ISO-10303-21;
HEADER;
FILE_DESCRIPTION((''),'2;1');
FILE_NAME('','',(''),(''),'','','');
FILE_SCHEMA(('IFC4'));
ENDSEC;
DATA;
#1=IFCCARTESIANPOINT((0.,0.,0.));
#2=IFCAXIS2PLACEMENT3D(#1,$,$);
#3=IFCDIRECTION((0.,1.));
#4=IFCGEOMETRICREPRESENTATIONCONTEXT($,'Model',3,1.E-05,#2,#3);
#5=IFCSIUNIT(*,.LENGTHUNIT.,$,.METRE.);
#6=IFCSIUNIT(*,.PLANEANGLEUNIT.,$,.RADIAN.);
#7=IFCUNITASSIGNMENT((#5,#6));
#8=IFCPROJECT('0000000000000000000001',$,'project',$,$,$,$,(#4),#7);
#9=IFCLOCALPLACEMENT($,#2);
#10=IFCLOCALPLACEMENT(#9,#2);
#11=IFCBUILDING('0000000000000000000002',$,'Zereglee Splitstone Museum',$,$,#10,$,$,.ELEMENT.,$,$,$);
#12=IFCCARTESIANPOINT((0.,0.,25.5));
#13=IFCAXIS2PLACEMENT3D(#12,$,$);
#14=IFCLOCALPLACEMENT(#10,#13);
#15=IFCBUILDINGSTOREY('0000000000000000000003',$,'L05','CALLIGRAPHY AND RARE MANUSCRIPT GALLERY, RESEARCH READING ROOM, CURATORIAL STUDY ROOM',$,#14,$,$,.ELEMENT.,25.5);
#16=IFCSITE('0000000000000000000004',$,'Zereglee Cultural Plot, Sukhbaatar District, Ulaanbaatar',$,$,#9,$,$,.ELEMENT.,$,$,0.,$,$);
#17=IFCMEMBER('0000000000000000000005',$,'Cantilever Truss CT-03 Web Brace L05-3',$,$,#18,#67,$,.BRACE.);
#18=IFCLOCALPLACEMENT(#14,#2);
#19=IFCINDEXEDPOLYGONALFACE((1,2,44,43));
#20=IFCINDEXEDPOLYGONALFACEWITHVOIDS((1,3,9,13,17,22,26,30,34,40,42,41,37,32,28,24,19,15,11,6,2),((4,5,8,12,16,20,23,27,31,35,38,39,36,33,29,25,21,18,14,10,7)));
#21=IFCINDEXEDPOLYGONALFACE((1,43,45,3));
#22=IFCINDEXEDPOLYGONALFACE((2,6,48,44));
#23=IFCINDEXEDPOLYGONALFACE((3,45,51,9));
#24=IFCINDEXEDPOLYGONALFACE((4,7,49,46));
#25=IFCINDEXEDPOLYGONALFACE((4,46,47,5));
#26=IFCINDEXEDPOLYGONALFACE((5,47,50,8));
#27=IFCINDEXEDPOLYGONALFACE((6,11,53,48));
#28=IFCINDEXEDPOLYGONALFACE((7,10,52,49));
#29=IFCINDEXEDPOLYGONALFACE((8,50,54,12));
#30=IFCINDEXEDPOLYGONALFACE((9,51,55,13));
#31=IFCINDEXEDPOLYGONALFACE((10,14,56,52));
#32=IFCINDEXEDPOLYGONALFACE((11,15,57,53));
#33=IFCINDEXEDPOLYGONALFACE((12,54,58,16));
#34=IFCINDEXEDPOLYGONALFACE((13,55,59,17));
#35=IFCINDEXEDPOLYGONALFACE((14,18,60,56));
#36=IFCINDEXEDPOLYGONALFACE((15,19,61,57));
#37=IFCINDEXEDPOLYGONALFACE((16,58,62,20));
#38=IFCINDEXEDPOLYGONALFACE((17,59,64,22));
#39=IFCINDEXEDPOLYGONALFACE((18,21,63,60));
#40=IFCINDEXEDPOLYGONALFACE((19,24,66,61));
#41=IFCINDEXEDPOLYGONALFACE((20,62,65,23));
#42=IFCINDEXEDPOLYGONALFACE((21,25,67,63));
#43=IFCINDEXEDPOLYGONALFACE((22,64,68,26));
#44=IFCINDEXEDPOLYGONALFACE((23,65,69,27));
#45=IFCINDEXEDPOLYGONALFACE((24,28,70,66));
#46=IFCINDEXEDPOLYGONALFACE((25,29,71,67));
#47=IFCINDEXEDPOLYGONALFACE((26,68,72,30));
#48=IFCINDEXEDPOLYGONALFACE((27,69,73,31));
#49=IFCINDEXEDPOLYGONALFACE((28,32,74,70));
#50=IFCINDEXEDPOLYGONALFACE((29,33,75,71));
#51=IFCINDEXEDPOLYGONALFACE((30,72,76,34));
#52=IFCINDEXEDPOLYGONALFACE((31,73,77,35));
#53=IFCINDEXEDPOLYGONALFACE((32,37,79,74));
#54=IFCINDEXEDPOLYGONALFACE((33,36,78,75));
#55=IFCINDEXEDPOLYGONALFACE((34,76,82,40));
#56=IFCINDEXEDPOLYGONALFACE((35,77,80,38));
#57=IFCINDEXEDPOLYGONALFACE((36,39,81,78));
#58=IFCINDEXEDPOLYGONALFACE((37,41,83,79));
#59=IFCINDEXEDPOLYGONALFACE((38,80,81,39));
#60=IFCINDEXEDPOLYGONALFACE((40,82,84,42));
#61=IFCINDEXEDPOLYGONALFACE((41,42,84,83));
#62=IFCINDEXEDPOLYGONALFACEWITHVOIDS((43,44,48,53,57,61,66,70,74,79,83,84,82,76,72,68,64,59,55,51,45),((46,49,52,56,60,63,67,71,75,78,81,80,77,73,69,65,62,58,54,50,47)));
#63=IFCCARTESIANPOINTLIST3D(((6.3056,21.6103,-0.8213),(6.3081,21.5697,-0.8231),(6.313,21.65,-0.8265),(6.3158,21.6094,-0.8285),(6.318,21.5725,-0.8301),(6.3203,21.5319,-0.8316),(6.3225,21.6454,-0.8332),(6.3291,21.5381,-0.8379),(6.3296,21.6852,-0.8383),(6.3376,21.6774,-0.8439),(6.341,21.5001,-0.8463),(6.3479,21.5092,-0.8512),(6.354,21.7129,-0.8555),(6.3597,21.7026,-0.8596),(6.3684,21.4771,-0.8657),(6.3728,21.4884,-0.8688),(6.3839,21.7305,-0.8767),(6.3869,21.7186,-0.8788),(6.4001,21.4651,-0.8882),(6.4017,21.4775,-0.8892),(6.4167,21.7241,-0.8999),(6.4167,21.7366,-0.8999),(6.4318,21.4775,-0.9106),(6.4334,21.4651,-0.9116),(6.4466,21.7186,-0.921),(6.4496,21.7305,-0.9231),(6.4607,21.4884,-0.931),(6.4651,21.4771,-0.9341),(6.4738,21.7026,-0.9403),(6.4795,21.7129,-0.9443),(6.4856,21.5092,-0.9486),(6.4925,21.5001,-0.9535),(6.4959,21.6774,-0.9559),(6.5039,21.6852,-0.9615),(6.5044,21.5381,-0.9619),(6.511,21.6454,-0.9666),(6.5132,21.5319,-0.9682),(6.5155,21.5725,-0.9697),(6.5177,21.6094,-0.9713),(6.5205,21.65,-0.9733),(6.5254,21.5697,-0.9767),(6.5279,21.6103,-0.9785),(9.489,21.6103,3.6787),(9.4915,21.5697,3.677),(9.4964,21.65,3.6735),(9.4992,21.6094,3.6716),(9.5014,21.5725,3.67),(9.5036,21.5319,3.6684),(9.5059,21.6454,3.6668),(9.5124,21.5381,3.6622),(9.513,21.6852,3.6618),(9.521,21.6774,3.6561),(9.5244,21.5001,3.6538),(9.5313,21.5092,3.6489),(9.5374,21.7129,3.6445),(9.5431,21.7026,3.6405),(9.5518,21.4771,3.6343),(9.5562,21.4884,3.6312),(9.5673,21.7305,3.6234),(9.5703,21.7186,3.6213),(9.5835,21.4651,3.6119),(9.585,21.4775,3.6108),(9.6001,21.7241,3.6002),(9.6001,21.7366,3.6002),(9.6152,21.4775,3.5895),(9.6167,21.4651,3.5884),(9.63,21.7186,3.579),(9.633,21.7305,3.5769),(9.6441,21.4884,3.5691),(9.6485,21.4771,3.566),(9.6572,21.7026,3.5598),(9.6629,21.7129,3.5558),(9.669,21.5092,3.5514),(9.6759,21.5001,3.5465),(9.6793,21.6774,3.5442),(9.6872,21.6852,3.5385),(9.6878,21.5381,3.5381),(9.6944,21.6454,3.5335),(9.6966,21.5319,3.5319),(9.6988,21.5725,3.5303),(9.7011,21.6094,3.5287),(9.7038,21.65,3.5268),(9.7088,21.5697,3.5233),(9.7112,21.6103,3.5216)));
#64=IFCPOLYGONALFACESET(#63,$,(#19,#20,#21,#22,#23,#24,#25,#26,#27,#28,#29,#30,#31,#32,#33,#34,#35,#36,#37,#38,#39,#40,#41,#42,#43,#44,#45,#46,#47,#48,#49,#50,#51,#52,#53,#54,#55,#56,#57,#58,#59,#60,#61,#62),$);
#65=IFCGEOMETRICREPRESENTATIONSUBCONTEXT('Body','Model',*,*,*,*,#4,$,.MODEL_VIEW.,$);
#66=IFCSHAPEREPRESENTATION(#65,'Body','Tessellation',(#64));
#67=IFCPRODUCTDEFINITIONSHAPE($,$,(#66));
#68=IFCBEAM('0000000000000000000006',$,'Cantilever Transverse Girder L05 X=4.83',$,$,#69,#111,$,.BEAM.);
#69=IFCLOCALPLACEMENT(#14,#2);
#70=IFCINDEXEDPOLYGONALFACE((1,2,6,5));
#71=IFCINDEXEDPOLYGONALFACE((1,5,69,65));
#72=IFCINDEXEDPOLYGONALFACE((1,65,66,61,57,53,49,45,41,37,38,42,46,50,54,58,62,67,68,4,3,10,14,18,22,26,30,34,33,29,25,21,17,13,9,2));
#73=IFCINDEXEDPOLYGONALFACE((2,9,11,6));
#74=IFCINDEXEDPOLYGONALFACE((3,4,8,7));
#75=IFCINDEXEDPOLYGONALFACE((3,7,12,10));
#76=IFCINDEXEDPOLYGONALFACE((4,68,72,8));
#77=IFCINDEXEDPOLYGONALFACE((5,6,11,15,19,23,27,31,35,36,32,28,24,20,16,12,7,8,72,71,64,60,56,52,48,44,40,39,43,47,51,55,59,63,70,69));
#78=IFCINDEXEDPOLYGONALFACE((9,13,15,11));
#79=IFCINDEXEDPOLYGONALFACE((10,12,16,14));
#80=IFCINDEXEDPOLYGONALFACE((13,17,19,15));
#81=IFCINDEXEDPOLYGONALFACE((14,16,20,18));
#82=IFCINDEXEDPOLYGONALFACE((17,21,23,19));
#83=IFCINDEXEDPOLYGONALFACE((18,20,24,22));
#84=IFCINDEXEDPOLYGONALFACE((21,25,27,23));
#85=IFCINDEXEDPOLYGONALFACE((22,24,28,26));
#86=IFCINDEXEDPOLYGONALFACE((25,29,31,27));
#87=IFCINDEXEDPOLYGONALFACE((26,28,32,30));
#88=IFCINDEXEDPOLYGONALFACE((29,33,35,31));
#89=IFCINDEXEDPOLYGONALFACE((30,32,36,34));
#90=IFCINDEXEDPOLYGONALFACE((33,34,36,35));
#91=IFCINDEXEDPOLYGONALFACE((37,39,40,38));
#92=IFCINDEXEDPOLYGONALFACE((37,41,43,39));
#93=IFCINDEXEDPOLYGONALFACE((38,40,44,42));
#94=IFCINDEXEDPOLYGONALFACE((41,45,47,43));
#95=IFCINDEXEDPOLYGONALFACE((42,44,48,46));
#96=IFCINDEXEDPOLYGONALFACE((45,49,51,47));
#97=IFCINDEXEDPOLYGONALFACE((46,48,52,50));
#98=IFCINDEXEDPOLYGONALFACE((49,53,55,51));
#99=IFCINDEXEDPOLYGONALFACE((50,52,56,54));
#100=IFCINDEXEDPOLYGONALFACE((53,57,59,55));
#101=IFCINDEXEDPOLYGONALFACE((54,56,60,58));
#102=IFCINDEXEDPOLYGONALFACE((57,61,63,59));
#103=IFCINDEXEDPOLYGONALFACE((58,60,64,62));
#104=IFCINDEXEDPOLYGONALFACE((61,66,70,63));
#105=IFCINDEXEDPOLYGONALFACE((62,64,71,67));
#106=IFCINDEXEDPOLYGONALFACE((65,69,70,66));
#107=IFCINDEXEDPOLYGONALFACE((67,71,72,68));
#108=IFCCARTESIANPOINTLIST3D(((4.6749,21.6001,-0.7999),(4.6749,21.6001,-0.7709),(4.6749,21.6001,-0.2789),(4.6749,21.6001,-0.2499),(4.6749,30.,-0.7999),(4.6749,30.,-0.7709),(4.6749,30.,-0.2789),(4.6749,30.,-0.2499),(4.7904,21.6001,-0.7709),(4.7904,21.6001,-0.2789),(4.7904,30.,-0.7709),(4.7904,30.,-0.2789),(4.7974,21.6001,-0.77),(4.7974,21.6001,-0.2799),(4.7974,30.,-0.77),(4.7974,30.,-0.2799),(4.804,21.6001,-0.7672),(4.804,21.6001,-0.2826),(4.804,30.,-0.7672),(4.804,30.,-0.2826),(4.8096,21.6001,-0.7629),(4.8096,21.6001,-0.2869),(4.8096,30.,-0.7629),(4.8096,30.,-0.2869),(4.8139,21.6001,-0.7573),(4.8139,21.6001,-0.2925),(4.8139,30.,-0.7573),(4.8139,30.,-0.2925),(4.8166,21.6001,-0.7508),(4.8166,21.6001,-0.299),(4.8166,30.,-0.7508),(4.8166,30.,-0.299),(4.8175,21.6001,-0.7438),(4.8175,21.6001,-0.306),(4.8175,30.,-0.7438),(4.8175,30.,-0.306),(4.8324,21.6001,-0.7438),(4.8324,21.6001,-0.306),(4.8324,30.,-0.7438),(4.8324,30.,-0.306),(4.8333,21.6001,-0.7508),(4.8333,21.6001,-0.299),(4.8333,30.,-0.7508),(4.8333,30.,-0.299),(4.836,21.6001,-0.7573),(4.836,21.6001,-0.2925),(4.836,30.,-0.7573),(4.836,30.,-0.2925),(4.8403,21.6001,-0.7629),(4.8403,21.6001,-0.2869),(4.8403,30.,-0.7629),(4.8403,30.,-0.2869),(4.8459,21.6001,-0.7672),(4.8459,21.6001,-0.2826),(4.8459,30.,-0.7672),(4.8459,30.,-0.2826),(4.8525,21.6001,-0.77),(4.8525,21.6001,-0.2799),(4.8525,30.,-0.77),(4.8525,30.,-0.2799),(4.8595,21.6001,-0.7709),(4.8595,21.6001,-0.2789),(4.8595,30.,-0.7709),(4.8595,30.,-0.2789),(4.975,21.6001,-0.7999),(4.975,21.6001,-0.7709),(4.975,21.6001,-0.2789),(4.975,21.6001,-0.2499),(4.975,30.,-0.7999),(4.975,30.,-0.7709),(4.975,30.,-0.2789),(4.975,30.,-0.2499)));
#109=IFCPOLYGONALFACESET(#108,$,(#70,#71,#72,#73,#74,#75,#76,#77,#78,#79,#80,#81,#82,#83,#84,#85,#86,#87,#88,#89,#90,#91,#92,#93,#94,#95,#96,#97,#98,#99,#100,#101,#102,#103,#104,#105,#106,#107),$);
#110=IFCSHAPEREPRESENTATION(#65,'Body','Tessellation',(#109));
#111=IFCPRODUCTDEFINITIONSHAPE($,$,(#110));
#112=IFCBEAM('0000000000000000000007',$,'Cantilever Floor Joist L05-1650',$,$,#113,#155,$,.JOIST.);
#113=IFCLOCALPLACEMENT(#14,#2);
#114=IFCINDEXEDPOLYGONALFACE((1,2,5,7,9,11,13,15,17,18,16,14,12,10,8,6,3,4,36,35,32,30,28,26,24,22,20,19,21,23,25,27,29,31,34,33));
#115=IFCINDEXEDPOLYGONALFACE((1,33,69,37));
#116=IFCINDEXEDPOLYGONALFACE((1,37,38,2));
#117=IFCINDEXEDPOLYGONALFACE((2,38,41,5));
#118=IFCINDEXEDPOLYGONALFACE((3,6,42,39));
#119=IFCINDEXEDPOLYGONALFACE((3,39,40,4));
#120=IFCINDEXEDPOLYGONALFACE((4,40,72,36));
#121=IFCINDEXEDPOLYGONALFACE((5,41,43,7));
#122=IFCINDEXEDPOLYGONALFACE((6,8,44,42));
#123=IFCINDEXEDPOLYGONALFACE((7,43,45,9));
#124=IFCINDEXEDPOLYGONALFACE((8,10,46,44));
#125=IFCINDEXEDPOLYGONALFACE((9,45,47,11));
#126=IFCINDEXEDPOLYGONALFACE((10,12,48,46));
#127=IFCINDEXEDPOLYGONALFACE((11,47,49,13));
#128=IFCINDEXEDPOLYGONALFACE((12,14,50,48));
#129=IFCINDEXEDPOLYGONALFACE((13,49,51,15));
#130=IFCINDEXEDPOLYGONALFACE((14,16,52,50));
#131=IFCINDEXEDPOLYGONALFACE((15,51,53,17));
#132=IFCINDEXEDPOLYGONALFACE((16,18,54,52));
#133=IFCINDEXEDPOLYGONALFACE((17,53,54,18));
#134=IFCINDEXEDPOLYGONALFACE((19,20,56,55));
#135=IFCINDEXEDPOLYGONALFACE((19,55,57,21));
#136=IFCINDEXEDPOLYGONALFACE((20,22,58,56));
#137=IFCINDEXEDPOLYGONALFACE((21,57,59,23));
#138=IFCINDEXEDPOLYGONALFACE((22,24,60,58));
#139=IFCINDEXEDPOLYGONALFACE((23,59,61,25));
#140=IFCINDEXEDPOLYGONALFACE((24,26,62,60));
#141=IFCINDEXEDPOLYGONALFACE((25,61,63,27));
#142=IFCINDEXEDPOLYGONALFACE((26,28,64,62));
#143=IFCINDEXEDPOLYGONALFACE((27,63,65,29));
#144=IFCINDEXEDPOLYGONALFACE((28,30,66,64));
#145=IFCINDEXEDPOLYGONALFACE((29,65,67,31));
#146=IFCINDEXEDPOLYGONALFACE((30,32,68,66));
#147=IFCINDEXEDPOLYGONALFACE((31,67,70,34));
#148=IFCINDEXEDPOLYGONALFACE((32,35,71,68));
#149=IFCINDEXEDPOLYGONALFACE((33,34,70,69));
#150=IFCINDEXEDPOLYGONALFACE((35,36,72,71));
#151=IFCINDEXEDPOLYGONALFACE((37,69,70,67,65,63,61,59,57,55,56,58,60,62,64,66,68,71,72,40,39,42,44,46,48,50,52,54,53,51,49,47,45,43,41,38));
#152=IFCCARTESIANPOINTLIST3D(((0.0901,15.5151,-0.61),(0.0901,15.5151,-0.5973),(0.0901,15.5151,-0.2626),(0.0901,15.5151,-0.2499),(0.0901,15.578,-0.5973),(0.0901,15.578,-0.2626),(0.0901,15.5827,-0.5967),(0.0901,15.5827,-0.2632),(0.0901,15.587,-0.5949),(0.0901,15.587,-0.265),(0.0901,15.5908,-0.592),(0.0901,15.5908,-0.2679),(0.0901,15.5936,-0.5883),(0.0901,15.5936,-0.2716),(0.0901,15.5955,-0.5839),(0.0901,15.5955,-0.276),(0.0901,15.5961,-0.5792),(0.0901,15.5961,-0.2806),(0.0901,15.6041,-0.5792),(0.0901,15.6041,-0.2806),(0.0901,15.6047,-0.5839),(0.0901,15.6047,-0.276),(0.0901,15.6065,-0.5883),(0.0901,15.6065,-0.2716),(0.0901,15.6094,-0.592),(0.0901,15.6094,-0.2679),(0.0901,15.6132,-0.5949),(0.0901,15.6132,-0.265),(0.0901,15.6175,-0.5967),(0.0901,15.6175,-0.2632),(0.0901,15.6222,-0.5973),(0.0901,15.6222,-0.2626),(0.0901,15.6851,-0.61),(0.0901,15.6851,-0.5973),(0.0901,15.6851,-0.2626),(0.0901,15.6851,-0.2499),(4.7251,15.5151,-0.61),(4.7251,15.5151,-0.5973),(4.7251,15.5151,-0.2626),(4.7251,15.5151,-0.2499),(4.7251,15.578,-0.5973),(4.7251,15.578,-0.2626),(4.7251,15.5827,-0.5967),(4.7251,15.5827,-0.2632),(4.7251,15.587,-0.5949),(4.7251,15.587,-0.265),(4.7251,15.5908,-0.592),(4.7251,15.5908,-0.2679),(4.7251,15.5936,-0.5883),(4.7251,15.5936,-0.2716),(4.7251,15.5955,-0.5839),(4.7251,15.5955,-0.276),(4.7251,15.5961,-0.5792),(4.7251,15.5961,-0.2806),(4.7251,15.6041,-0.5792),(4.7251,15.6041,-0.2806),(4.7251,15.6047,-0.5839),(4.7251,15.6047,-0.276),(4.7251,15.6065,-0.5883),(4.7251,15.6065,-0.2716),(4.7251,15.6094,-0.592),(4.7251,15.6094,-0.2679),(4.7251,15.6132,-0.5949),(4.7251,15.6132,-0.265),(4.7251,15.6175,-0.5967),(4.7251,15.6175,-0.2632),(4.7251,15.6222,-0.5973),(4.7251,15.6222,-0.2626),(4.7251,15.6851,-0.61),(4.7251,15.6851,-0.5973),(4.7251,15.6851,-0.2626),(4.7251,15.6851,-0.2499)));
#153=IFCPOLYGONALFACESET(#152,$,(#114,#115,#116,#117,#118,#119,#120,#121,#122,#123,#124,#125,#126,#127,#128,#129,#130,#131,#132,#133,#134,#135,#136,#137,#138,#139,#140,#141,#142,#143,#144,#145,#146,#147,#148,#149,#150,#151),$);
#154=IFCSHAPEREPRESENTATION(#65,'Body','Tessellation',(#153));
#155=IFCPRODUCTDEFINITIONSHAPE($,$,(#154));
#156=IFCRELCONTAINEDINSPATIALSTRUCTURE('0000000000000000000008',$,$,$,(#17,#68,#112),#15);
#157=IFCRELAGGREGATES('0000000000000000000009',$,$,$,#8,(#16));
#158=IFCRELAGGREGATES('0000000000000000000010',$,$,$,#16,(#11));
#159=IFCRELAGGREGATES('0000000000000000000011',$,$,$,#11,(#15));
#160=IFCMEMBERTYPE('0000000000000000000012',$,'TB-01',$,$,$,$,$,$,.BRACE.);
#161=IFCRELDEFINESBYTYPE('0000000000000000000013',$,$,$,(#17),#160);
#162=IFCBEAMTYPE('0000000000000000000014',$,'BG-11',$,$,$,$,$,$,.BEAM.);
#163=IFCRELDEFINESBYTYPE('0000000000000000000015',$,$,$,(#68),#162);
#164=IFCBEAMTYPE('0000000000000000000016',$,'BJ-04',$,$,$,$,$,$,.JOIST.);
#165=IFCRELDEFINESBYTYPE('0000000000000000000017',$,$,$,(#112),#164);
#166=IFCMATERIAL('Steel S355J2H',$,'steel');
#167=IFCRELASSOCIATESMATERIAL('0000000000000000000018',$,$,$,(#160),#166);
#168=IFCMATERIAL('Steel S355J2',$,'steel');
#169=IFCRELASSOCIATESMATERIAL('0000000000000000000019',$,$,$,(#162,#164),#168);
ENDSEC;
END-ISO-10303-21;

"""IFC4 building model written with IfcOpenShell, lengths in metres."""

from ifc_helpers import new_model, si_unit, direction, frame, origin, origin_2d, place, context, subcontext, project, spatial, hollow_circle, i_section, extrude, material, material_profile, profile_set, type_object, element, save


model = new_model("IFC4")

# Units and contexts
model_context = context("Model", 3, precision=1e-05, world=origin(), true_north=direction((0.0, 1.0)))
body_context = subcontext(model_context, "Body", "Model", "MODEL_VIEW")
ifc_project = project(units=[si_unit("LENGTHUNIT", "METRE"), si_unit("PLANEANGLEUNIT", "RADIAN")], contexts=[model_context])

# Site, building, storey
site_placement = place(None, origin())
site = spatial("IfcSite", under=ifc_project, at=site_placement, Name="Zereglee Cultural Plot, Sukhbaatar District, Ulaanbaatar", CompositionType="ELEMENT", RefElevation=0.0)
building_placement = place(site_placement, origin())
building = spatial("IfcBuilding", under=site, at=building_placement, Name="Zereglee Splitstone Museum", CompositionType="ELEMENT")
storey_placement = place(building_placement, frame((0.0, 0.0, 25.5)))
storey = spatial("IfcBuildingStorey", under=building, at=storey_placement, Name="L05", Description="CALLIGRAPHY AND RARE MANUSCRIPT GALLERY, RESEARCH READING ROOM, CURATORIAL STUDY ROOM", CompositionType="ELEMENT", Elevation=25.5)

# Member
ifc_material_1 = material(Name="Steel S355J2H", Category="steel")
ifc_material_profile_1 = material_profile(ifc_material_1, hollow_circle(Radius=0.1365, WallThickness=0.0125, at=origin_2d()), Name="CHS 273.0x12.5")
ifc_profile_set_1 = profile_set([ifc_material_profile_1], Name="Steel S355J2H")
member_type_1 = type_object("IfcMemberType", Name="TB-01", PredefinedType="BRACE", material=ifc_profile_set_1)
for number, where, z_axis, x_axis, name in (
    (1, (6.4167, 21.6001, -0.8999), (0.577516, 0.0, 0.816379), (0.0, 1.0, 0.0), "Cantilever Truss CT-03 Web Brace L05-3"),
):
    element("IfcMember", number, at=place(storey_placement, frame(where, z_axis=z_axis, x_axis=x_axis)), inside=storey, type_object=member_type_1, Name=name, PredefinedType="BRACE", context=body_context, shape_type="SweptSolid", body=[
        extrude(hollow_circle(Radius=0.1365, WallThickness=0.0125, at=origin_2d()), origin(), (0.0, 0.0, 1.0), 5.5122),
    ])

# Beams
ifc_material_2 = material(Name="Steel S355J2", Category="steel")
ifc_material_profile_2 = material_profile(ifc_material_2, i_section(OverallWidth=0.3, OverallDepth=0.55, WebThickness=0.0149, FlangeThickness=0.0291, FilletRadius=0.0271, at=origin_2d()), Name="HE 550 B")
ifc_profile_set_2 = profile_set([ifc_material_profile_2], Name="Steel S355J2")
beam_type_1 = type_object("IfcBeamType", Name="BG-11", PredefinedType="BEAM", material=ifc_profile_set_2)
beam_1_placement = place(storey_placement, frame((4.825, 21.6001, -0.5249), z_axis=(0.0, 1.0, 0.0), x_axis=(-1.0, 0.0, 0.0)))
element("IfcBeam", 2, at=beam_1_placement, inside=storey, type_object=beam_type_1, Name="Cantilever Transverse Girder L05 X=4.83", PredefinedType="BEAM", context=body_context, shape_type="SweptSolid", body=[
    extrude(i_section(OverallWidth=0.3, OverallDepth=0.55, WebThickness=0.0149, FlangeThickness=0.0291, FilletRadius=0.0271, at=origin_2d()), origin(), (0.0, 0.0, 1.0), 8.3999),
])
ifc_material_profile_3 = material_profile(ifc_material_2, i_section(OverallWidth=0.1699, OverallDepth=0.3601, WebThickness=0.0081, FlangeThickness=0.0127, FilletRadius=0.0181, at=origin_2d()), Name="IPE 360")
ifc_profile_set_3 = profile_set([ifc_material_profile_3], Name="Steel S355J2")
beam_type_2 = type_object("IfcBeamType", Name="BJ-04", PredefinedType="JOIST", material=ifc_profile_set_3)
beam_2_placement = place(storey_placement, frame((0.0901, 15.6001, -0.4299), z_axis=(1.0, 0.0, 0.0), x_axis=(0.0, 1.0, 0.0)))
element("IfcBeam", 3, at=beam_2_placement, inside=storey, type_object=beam_type_2, Name="Cantilever Floor Joist L05-1650", PredefinedType="JOIST", context=body_context, shape_type="SweptSolid", body=[
    extrude(i_section(OverallWidth=0.1699, OverallDepth=0.3601, WebThickness=0.0081, FlangeThickness=0.0127, FilletRadius=0.0181, at=origin_2d()), origin(), (0.0, 0.0, 1.0), 4.635),
])

save(model, "model.ifc")
